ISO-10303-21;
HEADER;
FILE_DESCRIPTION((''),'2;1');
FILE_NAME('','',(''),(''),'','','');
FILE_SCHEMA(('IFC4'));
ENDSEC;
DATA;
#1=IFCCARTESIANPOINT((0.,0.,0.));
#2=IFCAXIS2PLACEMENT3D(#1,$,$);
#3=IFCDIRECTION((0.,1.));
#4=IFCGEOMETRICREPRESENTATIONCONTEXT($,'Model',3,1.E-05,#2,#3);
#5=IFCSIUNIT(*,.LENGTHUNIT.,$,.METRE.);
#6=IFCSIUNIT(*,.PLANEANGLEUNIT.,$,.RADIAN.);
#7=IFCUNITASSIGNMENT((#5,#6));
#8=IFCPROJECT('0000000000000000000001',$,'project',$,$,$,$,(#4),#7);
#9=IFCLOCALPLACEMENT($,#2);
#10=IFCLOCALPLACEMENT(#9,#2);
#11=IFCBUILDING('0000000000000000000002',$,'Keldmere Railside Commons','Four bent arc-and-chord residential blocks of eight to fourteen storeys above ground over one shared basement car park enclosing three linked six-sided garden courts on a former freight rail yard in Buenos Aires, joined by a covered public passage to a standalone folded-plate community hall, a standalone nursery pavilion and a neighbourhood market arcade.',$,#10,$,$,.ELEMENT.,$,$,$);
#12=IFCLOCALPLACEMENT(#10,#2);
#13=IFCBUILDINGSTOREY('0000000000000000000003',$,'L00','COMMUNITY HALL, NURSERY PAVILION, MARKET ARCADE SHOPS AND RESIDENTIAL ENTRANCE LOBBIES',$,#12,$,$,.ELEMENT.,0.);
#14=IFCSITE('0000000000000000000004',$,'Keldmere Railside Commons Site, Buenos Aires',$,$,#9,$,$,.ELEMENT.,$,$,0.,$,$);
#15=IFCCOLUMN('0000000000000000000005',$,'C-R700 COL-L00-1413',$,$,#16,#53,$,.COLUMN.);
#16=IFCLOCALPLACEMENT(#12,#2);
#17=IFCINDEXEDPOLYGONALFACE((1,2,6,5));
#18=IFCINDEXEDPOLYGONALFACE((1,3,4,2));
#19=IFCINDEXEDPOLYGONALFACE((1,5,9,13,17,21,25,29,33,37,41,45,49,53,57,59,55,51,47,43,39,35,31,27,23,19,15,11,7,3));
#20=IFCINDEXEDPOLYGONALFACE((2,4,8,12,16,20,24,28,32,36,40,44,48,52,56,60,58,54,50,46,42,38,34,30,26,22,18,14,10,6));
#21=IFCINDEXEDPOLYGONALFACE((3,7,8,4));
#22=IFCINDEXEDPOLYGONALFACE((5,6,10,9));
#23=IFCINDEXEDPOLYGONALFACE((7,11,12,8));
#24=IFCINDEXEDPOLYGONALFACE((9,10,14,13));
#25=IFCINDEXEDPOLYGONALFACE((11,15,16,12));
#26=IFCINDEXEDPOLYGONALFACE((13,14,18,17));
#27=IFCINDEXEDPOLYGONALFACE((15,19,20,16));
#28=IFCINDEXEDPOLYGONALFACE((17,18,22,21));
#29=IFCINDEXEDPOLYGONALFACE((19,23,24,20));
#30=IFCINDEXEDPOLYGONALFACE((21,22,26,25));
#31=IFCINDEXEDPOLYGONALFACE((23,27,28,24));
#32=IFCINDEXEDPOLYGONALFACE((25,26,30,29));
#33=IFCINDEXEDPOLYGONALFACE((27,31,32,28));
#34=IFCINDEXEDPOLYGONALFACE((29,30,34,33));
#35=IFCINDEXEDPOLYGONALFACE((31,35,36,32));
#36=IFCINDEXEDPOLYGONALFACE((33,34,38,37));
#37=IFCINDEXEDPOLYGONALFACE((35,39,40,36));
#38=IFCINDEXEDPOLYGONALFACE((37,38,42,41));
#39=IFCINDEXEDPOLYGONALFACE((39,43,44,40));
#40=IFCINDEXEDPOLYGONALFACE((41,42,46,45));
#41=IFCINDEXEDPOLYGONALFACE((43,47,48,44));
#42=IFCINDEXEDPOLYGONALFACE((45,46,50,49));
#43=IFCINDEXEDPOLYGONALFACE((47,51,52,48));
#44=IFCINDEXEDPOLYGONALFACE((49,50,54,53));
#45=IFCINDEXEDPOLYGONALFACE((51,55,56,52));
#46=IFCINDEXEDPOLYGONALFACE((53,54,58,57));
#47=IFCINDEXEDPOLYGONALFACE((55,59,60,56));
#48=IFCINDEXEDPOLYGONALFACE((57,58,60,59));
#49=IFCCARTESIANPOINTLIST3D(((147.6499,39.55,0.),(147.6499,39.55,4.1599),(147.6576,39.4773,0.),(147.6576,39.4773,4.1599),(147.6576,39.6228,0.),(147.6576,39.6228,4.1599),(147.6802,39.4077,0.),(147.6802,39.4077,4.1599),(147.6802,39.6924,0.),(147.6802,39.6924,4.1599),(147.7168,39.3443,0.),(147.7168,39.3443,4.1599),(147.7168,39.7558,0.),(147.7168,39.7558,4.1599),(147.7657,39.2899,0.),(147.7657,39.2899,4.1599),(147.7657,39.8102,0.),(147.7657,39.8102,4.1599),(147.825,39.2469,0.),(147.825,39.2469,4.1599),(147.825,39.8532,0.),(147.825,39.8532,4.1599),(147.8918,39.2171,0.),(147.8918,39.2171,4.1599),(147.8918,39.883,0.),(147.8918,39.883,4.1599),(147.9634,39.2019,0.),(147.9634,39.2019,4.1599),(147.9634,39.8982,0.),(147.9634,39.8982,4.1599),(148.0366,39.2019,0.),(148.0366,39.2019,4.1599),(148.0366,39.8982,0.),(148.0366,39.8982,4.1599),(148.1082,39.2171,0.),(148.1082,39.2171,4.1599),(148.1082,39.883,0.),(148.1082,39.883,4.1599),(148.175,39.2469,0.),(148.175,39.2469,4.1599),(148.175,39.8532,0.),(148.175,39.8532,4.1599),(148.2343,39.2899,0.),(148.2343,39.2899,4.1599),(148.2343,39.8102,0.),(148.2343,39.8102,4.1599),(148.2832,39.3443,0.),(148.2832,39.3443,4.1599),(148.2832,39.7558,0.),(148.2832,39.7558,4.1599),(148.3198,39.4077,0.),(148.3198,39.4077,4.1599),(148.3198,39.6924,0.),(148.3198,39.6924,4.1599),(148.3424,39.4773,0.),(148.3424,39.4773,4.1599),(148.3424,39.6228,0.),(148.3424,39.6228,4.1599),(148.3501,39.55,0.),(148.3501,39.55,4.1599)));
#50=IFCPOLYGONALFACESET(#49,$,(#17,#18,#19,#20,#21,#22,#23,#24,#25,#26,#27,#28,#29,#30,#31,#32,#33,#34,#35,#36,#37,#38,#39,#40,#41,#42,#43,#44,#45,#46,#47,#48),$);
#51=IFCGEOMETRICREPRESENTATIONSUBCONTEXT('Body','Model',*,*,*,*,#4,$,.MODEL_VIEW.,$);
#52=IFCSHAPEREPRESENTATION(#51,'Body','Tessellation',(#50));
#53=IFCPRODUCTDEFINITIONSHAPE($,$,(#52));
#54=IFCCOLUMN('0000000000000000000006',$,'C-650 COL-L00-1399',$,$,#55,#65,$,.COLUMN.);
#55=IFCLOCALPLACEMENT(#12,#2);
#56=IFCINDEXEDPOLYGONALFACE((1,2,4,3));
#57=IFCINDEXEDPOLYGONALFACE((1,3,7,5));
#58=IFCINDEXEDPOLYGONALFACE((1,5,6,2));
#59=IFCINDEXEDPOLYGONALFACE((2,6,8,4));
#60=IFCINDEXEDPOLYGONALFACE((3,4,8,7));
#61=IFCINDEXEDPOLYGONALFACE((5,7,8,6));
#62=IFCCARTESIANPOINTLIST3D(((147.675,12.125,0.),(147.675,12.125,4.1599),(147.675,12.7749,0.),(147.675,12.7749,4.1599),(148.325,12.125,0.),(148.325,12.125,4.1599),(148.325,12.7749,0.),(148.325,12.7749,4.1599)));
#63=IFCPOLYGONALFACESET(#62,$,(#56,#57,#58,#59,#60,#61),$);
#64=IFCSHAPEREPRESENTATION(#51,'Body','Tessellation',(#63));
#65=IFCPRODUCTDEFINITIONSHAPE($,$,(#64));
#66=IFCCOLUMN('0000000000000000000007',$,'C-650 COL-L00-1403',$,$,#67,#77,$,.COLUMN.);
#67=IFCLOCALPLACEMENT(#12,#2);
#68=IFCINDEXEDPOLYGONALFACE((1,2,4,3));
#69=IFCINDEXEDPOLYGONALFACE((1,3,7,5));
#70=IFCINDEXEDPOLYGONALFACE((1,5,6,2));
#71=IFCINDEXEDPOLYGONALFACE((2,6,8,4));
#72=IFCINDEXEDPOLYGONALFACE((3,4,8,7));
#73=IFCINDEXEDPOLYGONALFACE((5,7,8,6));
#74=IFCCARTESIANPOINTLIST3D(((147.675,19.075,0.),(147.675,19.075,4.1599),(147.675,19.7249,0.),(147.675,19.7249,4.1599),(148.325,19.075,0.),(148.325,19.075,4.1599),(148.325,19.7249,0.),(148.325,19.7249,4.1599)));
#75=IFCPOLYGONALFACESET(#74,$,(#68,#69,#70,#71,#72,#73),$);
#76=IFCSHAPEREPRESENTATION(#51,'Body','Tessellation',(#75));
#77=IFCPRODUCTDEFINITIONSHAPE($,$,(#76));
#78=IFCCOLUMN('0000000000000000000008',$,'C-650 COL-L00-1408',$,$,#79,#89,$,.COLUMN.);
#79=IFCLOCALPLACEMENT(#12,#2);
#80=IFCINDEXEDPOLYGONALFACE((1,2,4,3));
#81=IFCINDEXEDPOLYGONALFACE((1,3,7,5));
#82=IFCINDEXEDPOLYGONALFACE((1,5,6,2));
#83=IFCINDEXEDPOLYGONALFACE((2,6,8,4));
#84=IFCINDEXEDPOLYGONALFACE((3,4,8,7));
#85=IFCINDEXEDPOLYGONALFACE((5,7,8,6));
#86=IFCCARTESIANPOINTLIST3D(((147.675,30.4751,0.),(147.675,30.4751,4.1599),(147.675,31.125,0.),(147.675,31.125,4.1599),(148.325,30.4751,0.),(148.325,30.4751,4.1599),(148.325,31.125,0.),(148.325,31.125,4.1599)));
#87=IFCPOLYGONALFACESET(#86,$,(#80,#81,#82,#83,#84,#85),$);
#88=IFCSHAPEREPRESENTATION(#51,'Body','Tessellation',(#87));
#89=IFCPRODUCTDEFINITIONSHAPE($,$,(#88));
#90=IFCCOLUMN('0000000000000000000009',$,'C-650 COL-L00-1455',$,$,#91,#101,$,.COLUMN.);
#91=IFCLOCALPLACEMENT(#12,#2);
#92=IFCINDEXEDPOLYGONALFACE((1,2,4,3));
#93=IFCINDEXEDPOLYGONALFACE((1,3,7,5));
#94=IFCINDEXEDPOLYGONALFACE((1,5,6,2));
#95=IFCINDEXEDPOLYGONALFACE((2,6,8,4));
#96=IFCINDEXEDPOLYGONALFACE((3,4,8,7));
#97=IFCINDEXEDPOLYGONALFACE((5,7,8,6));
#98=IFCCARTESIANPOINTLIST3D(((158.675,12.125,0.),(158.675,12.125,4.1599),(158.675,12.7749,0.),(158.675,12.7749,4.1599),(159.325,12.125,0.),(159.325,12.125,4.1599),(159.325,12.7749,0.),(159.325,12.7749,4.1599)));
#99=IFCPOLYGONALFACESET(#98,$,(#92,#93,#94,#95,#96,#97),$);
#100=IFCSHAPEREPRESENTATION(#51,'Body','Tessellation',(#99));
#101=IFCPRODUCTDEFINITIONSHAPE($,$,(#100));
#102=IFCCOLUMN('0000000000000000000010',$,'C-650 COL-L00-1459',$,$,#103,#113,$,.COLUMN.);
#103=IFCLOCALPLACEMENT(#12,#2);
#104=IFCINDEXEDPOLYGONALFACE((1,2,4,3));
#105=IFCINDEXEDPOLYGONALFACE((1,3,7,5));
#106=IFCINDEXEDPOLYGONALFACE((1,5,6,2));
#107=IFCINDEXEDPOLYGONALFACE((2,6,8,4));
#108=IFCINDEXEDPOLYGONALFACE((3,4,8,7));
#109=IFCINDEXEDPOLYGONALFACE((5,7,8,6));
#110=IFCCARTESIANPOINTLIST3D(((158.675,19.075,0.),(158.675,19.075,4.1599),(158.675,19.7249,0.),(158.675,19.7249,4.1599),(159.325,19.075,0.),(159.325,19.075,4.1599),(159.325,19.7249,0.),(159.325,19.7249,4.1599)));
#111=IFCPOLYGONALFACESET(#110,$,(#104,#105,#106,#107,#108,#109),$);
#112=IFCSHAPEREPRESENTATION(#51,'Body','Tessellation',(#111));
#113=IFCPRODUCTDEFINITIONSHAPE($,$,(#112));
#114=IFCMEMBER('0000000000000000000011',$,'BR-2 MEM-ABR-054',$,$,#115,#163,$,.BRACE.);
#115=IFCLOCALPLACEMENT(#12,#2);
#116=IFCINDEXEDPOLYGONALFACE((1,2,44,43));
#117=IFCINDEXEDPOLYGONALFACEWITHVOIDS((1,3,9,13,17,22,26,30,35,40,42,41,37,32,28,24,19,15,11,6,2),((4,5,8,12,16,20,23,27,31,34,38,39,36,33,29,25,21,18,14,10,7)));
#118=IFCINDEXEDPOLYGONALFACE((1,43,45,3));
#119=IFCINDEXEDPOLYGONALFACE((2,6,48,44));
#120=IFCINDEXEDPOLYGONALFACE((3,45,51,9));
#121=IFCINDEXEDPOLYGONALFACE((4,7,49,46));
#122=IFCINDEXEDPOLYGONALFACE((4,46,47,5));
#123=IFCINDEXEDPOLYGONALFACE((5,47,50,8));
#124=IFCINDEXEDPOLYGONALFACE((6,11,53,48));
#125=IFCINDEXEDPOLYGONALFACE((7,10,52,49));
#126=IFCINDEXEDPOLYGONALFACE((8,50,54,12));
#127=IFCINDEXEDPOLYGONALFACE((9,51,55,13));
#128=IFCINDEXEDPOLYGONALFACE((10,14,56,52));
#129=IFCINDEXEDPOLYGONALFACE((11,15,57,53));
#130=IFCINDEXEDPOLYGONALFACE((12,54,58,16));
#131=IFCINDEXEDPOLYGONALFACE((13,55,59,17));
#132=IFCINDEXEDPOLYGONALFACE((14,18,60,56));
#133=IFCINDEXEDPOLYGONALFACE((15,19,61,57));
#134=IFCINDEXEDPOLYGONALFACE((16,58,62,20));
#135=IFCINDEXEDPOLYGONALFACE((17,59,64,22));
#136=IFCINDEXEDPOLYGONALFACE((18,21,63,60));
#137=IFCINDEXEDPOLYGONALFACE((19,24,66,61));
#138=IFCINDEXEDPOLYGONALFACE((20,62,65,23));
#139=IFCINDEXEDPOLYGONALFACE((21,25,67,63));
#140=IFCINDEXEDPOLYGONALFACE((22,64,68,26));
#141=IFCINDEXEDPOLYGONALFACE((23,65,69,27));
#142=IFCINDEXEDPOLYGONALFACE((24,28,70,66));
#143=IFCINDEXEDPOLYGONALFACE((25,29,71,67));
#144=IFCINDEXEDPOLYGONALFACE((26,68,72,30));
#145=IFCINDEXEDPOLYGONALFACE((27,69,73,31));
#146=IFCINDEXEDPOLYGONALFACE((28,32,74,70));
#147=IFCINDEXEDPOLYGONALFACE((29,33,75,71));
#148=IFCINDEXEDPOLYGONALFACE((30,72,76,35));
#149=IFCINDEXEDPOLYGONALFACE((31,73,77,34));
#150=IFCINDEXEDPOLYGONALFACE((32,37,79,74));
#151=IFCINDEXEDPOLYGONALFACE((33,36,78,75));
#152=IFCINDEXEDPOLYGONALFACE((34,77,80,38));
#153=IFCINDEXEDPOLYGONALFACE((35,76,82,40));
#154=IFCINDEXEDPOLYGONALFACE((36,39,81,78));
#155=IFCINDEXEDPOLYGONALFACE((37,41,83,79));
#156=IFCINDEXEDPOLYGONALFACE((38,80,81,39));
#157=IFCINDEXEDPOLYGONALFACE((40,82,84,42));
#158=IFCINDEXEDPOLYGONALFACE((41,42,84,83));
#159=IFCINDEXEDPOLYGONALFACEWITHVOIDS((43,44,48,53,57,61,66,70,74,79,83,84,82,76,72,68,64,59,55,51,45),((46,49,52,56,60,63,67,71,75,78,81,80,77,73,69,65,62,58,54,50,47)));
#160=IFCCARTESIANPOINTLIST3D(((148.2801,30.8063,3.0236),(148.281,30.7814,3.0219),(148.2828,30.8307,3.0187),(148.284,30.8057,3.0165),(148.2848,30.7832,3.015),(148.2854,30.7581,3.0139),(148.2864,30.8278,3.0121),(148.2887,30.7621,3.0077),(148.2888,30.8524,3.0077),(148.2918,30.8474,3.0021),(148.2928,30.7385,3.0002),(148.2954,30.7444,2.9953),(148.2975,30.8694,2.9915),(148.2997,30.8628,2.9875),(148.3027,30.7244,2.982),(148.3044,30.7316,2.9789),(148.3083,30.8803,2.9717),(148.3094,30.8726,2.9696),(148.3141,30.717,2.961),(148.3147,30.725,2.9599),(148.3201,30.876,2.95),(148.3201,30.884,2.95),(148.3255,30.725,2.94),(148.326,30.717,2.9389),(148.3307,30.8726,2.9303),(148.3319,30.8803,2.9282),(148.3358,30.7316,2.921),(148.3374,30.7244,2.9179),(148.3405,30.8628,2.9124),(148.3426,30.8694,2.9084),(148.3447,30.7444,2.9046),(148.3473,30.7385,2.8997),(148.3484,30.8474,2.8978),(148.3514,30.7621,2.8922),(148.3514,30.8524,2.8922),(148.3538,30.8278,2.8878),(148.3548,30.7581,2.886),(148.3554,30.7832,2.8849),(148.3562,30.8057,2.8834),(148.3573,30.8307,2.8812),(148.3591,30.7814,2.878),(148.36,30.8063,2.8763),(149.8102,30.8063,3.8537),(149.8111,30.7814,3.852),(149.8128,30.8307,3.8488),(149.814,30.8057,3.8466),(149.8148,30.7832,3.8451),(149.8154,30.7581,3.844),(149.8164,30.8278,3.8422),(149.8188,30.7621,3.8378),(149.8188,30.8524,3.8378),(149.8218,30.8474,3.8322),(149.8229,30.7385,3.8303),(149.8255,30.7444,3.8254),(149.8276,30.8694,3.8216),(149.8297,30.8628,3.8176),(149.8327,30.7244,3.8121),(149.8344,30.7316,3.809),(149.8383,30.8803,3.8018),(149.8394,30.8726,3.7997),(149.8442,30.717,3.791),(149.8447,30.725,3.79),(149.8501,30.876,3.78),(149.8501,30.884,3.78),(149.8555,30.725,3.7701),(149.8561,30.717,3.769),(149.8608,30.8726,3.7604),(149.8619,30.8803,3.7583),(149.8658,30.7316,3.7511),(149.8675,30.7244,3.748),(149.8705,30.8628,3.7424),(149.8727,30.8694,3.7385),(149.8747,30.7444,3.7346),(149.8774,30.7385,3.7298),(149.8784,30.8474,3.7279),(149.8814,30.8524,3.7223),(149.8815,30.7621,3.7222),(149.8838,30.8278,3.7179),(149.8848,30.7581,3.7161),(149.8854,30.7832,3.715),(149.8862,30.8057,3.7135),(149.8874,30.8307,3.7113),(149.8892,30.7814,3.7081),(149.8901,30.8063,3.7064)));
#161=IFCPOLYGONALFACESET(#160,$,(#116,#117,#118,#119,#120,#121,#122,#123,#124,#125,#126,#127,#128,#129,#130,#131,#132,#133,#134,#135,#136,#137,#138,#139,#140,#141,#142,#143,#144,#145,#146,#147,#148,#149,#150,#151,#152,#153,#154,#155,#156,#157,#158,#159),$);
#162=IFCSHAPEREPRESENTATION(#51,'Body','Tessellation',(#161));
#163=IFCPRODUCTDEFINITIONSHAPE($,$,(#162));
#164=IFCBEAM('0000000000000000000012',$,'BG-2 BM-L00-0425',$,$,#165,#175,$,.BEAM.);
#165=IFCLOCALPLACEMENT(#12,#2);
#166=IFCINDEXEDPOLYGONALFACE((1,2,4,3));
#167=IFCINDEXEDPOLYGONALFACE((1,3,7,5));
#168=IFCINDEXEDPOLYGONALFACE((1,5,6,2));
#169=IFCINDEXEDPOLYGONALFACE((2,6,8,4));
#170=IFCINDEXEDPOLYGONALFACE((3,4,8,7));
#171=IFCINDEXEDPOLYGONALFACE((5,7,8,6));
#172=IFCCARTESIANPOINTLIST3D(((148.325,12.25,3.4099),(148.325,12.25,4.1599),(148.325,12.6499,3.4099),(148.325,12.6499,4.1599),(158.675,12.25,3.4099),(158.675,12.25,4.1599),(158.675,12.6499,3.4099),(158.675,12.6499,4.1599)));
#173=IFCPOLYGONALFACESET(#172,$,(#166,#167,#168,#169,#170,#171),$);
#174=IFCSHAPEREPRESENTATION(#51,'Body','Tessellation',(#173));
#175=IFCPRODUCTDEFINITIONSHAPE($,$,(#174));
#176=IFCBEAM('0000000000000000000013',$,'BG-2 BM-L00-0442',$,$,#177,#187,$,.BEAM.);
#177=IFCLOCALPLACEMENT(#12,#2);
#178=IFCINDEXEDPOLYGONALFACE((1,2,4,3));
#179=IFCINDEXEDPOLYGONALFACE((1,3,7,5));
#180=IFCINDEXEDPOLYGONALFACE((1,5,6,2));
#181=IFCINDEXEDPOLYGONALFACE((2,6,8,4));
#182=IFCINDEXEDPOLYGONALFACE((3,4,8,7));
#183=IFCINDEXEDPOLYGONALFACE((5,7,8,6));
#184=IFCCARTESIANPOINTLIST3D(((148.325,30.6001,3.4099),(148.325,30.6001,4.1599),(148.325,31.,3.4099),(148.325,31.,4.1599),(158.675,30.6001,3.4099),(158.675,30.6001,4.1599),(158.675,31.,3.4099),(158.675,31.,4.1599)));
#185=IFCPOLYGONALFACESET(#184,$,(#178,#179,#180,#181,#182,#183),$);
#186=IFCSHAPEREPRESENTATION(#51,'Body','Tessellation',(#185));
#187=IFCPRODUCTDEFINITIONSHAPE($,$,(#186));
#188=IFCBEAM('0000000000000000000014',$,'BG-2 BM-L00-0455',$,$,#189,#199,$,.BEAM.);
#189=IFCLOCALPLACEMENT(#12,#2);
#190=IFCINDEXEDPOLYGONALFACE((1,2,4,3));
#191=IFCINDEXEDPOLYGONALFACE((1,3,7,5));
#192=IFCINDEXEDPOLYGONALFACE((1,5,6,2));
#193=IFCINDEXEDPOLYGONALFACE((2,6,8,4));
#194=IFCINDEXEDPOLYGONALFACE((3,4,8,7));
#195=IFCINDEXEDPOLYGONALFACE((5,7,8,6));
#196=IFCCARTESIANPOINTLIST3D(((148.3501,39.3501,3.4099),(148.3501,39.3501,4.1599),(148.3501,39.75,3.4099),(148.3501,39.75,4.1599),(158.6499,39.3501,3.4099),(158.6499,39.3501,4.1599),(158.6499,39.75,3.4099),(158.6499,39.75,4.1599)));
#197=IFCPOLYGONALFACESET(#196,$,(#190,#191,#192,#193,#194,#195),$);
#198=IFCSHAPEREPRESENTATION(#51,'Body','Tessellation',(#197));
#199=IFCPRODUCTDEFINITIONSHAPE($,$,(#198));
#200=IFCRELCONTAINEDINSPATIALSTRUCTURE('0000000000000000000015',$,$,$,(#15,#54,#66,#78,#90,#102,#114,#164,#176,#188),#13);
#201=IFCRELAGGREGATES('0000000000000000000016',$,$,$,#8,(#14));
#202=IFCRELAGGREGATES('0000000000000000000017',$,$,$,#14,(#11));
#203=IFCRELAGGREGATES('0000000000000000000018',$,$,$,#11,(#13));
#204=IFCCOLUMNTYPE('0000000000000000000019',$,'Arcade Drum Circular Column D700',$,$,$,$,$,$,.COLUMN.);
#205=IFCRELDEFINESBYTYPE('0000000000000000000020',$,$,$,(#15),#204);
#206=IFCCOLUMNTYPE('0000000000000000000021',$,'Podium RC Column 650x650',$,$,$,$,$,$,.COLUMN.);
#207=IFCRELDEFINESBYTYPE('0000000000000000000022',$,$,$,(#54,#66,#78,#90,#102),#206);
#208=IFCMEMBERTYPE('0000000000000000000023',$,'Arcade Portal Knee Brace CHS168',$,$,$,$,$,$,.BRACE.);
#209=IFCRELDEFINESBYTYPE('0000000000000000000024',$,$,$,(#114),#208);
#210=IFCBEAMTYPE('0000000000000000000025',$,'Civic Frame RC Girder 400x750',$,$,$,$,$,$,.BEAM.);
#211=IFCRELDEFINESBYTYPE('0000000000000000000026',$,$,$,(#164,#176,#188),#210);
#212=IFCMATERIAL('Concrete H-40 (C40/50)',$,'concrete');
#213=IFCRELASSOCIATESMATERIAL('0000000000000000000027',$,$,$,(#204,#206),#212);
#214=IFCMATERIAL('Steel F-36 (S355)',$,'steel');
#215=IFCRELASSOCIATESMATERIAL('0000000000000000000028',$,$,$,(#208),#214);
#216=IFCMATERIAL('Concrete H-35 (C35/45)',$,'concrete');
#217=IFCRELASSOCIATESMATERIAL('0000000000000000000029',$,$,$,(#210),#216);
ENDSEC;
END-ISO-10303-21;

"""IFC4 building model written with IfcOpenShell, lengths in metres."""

from ifc_helpers import new_model, si_unit, direction, frame, origin, origin_2d, place, context, subcontext, project, spatial, rectangle, circle, hollow_circle, extrude, material, material_profile, profile_set, type_object, element, save


model = new_model("IFC4")

# Units and contexts
model_context = context("Model", 3, precision=1e-05, world=origin(), true_north=direction((0.0, 1.0)))
body_context = subcontext(model_context, "Body", "Model", "MODEL_VIEW")
ifc_project = project(units=[si_unit("LENGTHUNIT", "METRE"), si_unit("PLANEANGLEUNIT", "RADIAN")], contexts=[model_context])

# Site, building, storey
site_placement = place(None, origin())
site = spatial("IfcSite", under=ifc_project, at=site_placement, Name="Keldmere Railside Commons Site, Buenos Aires", CompositionType="ELEMENT", RefElevation=0.0)
building_placement = place(site_placement, origin())
building = spatial("IfcBuilding", under=site, at=building_placement, Name="Keldmere Railside Commons", Description="Four bent arc-and-chord residential blocks of eight to fourteen storeys above ground over one shared basement car park enclosing three linked six-sided garden courts on a former freight rail yard in Buenos Aires, joined by a covered public passage to a standalone folded-plate community hall, a standalone nursery pavilion and a neighbourhood market arcade.", CompositionType="ELEMENT")
storey_placement = place(building_placement, origin())
storey = spatial("IfcBuildingStorey", under=building, at=storey_placement, Name="L00", Description="COMMUNITY HALL, NURSERY PAVILION, MARKET ARCADE SHOPS AND RESIDENTIAL ENTRANCE LOBBIES", CompositionType="ELEMENT", Elevation=0.0)

# Columns
ifc_material_1 = material(Name="Concrete H-40 (C40/50)", Category="concrete")
ifc_material_profile_1 = material_profile(ifc_material_1, circle(Radius=0.3501, at=origin_2d()), Name="RC-DIA700")
ifc_profile_set_1 = profile_set([ifc_material_profile_1], Name="Concrete H-40 (C40/50)")
column_type_1 = type_object("IfcColumnType", Name="Arcade Drum Circular Column D700", PredefinedType="COLUMN", material=ifc_profile_set_1)
column_placement = place(storey_placement, frame((148.0, 39.55, 0.0), z_axis=(0.0, 0.0, 1.0), x_axis=(1.0, 0.0, 0.0)))
element("IfcColumn", 1, at=column_placement, inside=storey, type_object=column_type_1, Name="C-R700 COL-L00-1413", PredefinedType="COLUMN", context=body_context, shape_type="SweptSolid", body=[
    extrude(circle(Radius=0.3501, at=origin_2d()), origin(), (0.0, 0.0, 1.0), 4.1599),
])
ifc_material_profile_2 = material_profile(ifc_material_1, rectangle(XDim=0.6499, YDim=0.6499, at=origin_2d()), Name="RC-650x650")
ifc_profile_set_2 = profile_set([ifc_material_profile_2], Name="Concrete H-40 (C40/50)")
column_type_2 = type_object("IfcColumnType", Name="Podium RC Column 650x650", PredefinedType="COLUMN", material=ifc_profile_set_2)
for number, where, z_axis, x_axis, name in (
    (2, (148.0, 12.45, 0.0), (0.0, 0.0, 1.0), (1.0, 0.0, 0.0), "C-650 COL-L00-1399"),
    (3, (148.0, 19.3999, 0.0), (0.0, 0.0, 1.0), (1.0, 0.0, 0.0), "C-650 COL-L00-1403"),
    (4, (148.0, 30.8, 0.0), (0.0, 0.0, 1.0), (1.0, 0.0, 0.0), "C-650 COL-L00-1408"),
    (5, (159.0, 12.45, 0.0), (0.0, 0.0, 1.0), (1.0, 0.0, 0.0), "C-650 COL-L00-1455"),
    (6, (159.0, 19.3999, 0.0), (0.0, 0.0, 1.0), (1.0, 0.0, 0.0), "C-650 COL-L00-1459"),
):
    element("IfcColumn", number, at=place(storey_placement, frame(where, z_axis=z_axis, x_axis=x_axis)), inside=storey, type_object=column_type_2, Name=name, PredefinedType="COLUMN", context=body_context, shape_type="SweptSolid", body=[
        extrude(rectangle(XDim=0.6499, YDim=0.6499, at=origin_2d()), origin(), (0.0, 0.0, 1.0), 4.1599),
    ])

# Member
ifc_material_2 = material(Name="Steel F-36 (S355)", Category="steel")
ifc_material_profile_3 = material_profile(ifc_material_2, hollow_circle(Radius=0.084, WallThickness=0.0081, at=origin_2d()), Name="CHS-168x8")
ifc_profile_set_3 = profile_set([ifc_material_profile_3], Name="Steel F-36 (S355)")
member_type_1 = type_object("IfcMemberType", Name="Arcade Portal Knee Brace CHS168", PredefinedType="BRACE", material=ifc_profile_set_3)
member_1_placement = place(storey_placement, frame((148.3201, 30.8, 2.95), z_axis=(0.878976, 0.0, 0.476866), x_axis=(0.0, 1.0, 0.0)))
element("IfcMember", 7, at=member_1_placement, inside=storey, type_object=member_type_1, Name="BR-2 MEM-ABR-054", PredefinedType="BRACE", context=body_context, shape_type="SweptSolid", body=[
    extrude(hollow_circle(Radius=0.084, WallThickness=0.0081, at=origin_2d()), origin(), (0.0, 0.0, 1.0), 1.7407),
])

# Beams
ifc_material_3 = material(Name="Concrete H-35 (C35/45)", Category="concrete")
ifc_material_profile_4 = material_profile(ifc_material_3, rectangle(XDim=0.3999, YDim=0.75, at=origin_2d()), Name="RC-400x750")
ifc_profile_set_4 = profile_set([ifc_material_profile_4], Name="Concrete H-35 (C35/45)")
beam_type_1 = type_object("IfcBeamType", Name="Civic Frame RC Girder 400x750", PredefinedType="BEAM", material=ifc_profile_set_4)
for number, where, z_axis, x_axis, name in (
    (8, (148.325, 12.45, 3.7849), (1.0, 0.0, 0.0), (0.0, 1.0, 0.0), "BG-2 BM-L00-0425"),
    (9, (148.325, 30.8, 3.7849), (1.0, 0.0, 0.0), (0.0, 1.0, 0.0), "BG-2 BM-L00-0442"),
):
    element("IfcBeam", number, at=place(storey_placement, frame(where, z_axis=z_axis, x_axis=x_axis)), inside=storey, type_object=beam_type_1, Name=name, PredefinedType="BEAM", context=body_context, shape_type="SweptSolid", body=[
        extrude(rectangle(XDim=0.3999, YDim=0.75, at=origin_2d()), origin(), (0.0, 0.0, 1.0), 10.3501),
    ])
beam_1_placement = place(storey_placement, frame((148.3501, 39.55, 3.7849), z_axis=(1.0, 0.0, 0.0), x_axis=(0.0, 1.0, 0.0)))
element("IfcBeam", 10, at=beam_1_placement, inside=storey, type_object=beam_type_1, Name="BG-2 BM-L00-0455", PredefinedType="BEAM", context=body_context, shape_type="SweptSolid", body=[
    extrude(rectangle(XDim=0.3999, YDim=0.75, at=origin_2d()), origin(), (0.0, 0.0, 1.0), 10.2998),
])

save(model, "model.ifc")
